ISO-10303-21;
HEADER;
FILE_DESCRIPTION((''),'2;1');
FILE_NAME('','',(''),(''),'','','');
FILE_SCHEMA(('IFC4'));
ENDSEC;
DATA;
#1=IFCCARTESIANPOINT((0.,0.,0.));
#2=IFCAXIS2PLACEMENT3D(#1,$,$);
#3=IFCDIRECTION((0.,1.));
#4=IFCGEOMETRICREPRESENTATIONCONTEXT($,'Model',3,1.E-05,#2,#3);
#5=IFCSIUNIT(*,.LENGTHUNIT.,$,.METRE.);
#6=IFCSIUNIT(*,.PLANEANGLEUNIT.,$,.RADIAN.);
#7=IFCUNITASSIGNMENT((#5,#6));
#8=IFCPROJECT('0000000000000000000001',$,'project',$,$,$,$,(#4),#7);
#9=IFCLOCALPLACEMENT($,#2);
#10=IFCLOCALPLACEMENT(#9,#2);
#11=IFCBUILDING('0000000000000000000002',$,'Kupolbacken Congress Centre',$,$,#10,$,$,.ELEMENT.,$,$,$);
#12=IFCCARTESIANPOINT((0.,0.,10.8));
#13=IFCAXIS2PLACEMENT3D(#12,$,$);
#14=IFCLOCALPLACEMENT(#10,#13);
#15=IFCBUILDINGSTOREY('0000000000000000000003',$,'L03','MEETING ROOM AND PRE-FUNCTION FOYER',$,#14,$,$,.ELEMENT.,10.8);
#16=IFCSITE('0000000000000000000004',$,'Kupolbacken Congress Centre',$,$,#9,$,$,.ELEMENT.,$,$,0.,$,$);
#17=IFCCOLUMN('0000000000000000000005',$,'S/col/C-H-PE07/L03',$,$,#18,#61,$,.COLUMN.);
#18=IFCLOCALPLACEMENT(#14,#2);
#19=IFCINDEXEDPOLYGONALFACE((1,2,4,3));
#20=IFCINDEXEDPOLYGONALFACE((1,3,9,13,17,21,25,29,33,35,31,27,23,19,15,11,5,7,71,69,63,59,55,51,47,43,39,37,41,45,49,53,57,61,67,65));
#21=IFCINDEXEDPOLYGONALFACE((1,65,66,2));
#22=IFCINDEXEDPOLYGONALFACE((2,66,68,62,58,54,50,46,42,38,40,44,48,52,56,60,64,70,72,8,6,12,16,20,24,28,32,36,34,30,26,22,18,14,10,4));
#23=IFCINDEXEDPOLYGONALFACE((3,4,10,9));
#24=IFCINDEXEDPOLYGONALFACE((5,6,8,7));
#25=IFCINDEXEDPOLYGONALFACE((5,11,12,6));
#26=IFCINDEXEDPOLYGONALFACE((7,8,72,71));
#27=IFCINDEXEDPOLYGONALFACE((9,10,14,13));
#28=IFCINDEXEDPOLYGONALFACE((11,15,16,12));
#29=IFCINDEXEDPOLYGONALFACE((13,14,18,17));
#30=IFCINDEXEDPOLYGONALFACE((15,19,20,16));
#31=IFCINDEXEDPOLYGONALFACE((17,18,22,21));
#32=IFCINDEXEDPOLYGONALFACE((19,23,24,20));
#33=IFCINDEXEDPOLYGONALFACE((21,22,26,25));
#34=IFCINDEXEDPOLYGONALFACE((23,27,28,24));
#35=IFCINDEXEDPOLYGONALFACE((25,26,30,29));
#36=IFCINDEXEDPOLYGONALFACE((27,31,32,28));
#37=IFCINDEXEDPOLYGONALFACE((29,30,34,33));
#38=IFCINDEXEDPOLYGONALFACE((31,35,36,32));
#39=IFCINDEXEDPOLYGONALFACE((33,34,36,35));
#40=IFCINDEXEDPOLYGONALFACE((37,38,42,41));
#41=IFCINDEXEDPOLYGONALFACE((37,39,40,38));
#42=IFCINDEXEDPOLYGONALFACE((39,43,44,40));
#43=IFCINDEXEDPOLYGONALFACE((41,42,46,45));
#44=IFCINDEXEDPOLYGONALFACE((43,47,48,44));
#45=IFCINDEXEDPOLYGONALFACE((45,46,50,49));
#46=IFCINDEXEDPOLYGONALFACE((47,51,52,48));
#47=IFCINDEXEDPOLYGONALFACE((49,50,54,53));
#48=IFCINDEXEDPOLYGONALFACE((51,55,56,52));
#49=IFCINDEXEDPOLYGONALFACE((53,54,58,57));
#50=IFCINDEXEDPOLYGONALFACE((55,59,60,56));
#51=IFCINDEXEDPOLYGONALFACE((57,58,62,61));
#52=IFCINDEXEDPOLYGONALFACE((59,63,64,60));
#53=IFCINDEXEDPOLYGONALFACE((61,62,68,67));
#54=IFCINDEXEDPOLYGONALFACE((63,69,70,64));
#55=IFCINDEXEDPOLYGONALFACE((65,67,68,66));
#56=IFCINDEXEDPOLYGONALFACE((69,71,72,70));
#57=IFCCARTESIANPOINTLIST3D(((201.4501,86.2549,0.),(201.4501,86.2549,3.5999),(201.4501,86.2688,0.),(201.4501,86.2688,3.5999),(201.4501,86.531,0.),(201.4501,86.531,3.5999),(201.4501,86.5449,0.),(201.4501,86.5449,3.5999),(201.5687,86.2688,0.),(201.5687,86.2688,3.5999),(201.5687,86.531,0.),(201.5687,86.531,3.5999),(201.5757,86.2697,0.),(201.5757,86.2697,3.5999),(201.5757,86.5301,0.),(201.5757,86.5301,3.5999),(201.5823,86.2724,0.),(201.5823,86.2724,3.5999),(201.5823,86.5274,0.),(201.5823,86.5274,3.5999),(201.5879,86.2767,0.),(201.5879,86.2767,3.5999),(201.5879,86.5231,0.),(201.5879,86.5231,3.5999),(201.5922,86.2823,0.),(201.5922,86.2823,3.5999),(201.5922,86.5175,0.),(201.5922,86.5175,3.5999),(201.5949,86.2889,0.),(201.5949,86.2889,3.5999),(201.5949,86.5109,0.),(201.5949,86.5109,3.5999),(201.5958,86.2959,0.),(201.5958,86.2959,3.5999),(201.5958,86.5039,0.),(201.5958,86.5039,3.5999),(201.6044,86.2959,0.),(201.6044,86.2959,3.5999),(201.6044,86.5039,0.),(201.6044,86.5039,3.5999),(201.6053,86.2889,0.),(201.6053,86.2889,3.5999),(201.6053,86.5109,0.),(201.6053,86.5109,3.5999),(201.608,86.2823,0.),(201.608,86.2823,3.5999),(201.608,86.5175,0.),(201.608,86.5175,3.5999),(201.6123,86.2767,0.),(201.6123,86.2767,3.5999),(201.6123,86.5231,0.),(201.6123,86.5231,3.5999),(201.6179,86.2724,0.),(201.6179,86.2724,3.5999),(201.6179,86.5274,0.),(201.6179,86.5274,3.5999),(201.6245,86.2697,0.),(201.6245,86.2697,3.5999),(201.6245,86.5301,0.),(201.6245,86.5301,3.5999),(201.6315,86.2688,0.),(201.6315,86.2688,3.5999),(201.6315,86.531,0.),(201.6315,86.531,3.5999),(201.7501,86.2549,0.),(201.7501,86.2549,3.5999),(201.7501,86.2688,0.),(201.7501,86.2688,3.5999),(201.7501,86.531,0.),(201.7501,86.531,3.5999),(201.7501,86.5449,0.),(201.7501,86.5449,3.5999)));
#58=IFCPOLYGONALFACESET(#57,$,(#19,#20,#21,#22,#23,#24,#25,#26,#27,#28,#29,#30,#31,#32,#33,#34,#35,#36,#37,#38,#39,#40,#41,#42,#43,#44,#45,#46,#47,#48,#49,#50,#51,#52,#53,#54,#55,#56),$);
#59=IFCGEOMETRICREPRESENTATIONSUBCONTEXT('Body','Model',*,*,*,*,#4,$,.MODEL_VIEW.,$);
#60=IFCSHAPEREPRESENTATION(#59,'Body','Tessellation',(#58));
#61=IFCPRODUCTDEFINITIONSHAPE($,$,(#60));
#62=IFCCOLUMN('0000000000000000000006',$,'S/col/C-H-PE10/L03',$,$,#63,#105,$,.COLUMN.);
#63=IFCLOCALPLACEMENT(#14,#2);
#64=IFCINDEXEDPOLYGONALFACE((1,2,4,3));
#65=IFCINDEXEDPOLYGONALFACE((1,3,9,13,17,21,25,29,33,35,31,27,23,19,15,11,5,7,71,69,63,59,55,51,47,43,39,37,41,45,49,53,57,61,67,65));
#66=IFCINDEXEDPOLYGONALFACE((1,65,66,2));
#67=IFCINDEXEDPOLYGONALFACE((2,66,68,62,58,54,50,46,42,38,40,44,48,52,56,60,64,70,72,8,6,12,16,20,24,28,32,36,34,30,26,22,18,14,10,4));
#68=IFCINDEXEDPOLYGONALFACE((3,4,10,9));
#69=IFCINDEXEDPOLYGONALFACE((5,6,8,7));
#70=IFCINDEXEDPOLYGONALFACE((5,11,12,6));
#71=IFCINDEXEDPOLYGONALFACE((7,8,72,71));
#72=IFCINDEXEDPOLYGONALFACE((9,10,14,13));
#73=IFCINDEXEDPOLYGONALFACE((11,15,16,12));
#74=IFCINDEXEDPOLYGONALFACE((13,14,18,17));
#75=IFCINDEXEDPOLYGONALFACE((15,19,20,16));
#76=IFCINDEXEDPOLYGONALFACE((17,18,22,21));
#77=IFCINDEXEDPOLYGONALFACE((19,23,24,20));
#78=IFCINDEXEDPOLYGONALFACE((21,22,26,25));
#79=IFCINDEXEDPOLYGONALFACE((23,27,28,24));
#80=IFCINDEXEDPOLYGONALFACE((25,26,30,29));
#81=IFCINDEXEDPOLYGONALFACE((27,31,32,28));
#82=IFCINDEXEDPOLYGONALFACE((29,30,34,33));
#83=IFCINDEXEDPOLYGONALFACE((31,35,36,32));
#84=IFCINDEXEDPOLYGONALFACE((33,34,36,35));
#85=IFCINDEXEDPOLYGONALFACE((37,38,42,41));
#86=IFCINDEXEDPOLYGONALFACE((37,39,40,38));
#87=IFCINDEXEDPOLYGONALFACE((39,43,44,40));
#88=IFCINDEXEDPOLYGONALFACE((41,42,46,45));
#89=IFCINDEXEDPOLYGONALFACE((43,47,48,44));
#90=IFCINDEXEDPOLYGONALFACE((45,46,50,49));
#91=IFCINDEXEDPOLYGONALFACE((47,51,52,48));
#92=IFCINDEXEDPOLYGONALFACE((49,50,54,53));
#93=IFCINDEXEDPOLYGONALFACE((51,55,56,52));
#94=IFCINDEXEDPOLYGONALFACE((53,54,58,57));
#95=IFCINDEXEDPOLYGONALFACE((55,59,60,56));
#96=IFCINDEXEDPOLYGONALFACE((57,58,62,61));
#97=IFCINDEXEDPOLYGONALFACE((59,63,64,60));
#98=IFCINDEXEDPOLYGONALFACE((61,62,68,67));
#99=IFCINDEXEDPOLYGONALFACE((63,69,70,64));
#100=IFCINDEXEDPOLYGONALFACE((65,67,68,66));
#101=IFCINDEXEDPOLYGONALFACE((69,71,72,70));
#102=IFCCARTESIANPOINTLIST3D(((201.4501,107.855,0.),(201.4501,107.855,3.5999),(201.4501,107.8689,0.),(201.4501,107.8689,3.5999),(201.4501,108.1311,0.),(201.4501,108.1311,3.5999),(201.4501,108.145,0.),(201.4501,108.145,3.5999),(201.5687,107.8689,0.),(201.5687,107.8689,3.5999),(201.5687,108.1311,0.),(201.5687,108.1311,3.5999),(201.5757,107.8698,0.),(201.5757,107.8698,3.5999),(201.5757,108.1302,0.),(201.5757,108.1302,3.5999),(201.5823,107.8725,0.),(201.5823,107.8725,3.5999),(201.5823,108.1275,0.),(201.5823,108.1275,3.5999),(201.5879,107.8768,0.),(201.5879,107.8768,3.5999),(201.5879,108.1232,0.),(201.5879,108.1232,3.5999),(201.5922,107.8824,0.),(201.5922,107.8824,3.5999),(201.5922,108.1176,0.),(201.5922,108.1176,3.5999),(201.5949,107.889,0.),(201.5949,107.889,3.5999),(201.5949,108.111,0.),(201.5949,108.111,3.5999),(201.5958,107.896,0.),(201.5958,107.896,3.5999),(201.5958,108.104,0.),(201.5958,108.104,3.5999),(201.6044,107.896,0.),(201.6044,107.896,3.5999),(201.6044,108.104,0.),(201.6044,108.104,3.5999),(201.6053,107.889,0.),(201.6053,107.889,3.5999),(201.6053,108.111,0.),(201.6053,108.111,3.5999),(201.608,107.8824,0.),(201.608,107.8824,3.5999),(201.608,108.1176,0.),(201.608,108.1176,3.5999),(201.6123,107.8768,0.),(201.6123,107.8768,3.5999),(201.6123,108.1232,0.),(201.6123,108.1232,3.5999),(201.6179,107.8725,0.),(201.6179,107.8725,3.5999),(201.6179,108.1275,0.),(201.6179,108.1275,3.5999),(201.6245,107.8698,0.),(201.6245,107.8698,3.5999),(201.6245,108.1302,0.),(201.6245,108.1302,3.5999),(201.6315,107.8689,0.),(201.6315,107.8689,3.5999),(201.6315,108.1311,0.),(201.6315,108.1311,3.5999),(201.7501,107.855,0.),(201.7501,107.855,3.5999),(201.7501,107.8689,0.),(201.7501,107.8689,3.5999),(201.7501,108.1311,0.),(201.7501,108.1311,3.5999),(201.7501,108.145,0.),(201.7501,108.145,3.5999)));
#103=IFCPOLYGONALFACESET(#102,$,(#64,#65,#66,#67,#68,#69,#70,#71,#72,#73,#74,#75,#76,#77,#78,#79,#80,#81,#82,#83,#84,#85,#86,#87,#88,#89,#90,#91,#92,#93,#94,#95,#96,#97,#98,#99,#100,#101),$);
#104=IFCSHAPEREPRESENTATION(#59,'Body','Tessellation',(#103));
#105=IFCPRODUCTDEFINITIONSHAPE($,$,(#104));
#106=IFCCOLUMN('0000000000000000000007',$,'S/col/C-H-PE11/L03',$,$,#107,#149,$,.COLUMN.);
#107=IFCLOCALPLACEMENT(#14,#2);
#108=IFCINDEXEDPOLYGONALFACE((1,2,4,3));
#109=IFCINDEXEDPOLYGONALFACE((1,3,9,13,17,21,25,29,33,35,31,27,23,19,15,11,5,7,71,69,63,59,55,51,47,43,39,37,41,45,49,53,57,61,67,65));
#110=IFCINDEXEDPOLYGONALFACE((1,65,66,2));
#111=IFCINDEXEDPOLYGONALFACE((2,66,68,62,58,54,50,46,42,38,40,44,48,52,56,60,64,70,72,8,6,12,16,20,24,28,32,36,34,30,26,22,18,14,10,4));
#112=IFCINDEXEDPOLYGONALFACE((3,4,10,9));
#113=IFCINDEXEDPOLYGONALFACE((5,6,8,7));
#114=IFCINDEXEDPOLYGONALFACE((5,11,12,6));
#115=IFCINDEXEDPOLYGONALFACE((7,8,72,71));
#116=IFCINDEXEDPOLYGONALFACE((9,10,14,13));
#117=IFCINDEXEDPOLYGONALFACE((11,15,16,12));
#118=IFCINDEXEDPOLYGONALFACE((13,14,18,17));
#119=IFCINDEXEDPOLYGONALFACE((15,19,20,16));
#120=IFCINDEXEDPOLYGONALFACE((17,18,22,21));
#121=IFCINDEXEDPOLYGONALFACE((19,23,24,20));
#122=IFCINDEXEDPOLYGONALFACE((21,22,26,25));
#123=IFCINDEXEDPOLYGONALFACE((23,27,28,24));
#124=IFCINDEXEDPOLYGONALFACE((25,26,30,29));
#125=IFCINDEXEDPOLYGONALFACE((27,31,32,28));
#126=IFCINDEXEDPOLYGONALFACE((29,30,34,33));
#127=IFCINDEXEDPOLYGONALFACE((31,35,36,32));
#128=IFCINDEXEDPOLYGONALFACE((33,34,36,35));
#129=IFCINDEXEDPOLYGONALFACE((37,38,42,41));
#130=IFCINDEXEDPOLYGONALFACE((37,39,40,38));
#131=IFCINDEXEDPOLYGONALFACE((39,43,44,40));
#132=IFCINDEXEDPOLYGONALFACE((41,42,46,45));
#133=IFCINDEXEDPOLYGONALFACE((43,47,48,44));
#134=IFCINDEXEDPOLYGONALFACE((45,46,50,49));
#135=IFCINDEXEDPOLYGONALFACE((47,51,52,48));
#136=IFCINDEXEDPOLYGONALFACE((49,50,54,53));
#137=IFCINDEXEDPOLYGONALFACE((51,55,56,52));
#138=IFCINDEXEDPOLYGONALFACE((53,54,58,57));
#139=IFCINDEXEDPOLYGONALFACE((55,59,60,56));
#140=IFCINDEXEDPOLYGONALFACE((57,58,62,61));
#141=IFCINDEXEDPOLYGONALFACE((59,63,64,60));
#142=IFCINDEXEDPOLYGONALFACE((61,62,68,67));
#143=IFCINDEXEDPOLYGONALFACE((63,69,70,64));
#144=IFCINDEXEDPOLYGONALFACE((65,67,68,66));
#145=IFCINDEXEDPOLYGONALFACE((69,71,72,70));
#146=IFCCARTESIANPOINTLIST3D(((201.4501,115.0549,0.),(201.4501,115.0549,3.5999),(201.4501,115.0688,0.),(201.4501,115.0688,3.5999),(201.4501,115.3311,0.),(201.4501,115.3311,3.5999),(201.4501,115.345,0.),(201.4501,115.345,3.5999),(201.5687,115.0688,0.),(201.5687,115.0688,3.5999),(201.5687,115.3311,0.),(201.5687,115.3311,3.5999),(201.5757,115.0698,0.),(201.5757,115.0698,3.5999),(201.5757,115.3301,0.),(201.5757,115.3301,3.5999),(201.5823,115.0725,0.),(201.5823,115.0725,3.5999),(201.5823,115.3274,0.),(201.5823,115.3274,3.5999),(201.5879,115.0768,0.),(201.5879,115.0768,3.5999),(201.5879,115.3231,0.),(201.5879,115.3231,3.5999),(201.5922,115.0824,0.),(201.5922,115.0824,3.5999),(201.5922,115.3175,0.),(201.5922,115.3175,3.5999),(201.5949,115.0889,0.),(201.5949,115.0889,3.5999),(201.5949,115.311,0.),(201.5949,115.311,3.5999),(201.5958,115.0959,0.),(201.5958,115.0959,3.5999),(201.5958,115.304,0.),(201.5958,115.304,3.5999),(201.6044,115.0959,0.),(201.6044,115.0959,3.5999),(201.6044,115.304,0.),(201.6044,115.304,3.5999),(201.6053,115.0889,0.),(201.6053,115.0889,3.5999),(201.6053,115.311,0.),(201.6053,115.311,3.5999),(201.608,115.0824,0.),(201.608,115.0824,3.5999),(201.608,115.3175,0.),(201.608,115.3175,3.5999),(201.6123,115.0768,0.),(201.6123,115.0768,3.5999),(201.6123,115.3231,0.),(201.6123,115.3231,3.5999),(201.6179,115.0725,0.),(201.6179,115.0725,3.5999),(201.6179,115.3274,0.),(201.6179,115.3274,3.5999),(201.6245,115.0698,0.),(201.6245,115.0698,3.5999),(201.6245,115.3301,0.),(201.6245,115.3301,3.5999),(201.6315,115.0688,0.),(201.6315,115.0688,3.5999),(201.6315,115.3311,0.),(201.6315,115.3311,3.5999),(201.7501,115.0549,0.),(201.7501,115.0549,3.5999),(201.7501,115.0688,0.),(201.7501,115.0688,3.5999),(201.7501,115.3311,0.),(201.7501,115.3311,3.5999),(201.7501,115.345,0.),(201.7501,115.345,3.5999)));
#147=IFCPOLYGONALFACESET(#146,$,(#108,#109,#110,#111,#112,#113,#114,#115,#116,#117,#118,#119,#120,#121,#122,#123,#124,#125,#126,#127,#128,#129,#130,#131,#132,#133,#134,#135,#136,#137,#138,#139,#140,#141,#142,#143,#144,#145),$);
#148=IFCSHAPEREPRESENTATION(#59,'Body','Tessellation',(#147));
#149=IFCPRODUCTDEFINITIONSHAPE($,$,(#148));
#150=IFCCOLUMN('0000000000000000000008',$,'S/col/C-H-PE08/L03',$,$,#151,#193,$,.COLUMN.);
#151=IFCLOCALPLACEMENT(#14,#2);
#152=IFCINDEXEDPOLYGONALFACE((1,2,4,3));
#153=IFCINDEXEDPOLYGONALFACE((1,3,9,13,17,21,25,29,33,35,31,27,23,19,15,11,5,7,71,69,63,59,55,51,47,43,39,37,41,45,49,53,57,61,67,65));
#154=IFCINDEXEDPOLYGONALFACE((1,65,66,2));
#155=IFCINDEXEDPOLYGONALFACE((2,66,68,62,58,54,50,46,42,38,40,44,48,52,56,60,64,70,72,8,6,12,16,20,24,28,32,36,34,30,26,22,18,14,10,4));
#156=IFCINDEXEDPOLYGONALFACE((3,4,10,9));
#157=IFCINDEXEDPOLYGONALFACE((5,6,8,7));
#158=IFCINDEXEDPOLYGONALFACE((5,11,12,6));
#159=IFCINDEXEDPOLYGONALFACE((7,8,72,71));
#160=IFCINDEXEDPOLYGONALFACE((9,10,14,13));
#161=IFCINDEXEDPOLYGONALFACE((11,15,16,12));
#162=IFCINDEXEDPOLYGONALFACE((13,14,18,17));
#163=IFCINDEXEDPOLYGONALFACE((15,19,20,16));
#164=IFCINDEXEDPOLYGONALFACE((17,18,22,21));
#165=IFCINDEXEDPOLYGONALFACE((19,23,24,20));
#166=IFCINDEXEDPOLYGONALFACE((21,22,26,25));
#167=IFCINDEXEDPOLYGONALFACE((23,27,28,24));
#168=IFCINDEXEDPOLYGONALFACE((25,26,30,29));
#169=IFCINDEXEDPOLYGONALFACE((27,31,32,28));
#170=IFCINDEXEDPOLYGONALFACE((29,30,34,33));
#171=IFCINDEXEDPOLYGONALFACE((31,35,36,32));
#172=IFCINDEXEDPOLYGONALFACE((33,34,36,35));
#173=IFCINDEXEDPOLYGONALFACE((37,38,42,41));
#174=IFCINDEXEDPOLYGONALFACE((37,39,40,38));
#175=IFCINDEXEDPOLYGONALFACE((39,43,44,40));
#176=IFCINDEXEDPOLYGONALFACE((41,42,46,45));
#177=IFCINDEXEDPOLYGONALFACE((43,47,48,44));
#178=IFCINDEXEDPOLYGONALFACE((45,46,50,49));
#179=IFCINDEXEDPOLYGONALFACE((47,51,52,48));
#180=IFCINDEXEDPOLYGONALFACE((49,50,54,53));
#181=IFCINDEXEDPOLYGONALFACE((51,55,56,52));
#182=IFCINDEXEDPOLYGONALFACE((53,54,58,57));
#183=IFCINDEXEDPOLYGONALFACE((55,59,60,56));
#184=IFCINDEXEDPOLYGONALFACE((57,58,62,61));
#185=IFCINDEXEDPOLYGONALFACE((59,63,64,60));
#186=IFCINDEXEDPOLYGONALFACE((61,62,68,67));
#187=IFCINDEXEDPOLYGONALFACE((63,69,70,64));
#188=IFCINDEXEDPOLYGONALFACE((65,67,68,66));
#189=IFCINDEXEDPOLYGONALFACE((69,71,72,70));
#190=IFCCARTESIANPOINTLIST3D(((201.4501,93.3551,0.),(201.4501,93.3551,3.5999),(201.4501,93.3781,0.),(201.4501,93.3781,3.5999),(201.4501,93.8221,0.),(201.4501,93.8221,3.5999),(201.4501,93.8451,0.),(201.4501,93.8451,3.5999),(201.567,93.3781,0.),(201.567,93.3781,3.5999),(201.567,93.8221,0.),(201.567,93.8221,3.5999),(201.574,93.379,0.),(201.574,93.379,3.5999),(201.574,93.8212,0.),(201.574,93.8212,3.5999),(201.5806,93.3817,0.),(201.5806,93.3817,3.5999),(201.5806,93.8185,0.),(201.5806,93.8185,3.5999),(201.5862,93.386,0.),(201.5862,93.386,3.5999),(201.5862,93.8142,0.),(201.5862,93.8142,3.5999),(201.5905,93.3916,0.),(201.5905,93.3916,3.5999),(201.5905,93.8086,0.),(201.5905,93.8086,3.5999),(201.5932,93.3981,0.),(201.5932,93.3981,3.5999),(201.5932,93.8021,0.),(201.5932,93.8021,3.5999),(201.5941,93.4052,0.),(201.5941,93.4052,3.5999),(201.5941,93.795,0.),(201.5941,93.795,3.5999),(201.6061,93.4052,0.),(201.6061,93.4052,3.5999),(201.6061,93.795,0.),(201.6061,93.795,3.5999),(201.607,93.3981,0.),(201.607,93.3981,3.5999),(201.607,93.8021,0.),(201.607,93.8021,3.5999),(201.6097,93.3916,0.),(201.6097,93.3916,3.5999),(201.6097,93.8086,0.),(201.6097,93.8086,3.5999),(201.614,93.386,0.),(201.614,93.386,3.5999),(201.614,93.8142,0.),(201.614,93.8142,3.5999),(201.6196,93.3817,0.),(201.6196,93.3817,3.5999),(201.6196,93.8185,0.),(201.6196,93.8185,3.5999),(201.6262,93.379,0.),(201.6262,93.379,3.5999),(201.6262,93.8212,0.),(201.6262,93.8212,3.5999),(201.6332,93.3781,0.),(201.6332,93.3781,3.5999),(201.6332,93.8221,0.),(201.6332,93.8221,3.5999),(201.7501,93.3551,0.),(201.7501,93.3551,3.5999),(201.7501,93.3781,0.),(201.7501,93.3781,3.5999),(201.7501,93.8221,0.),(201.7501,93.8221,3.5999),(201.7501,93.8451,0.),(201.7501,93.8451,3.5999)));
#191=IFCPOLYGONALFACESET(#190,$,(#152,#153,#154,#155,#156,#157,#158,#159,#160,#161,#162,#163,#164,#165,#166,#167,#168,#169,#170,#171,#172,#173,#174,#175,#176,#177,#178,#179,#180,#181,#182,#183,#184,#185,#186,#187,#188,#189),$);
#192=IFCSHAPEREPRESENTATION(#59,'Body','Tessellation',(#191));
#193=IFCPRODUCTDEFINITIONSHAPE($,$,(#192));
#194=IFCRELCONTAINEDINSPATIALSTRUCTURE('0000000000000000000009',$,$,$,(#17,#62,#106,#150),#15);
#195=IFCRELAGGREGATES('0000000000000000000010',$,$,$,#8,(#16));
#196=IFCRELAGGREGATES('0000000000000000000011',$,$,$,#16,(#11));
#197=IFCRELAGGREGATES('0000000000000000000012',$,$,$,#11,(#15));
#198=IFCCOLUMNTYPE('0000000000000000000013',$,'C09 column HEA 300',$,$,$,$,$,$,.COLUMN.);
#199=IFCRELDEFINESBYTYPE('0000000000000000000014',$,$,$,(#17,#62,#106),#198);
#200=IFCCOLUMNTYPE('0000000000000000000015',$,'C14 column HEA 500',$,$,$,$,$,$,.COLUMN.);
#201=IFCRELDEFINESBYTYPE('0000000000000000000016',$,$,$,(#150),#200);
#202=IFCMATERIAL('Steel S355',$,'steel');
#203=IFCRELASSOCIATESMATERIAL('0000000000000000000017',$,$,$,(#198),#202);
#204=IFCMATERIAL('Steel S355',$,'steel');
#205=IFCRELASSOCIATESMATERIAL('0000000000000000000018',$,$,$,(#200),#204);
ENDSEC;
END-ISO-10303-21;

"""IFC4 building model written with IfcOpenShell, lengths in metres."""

from ifc_helpers import new_model, si_unit, direction, frame, origin, origin_2d, place, context, subcontext, project, spatial, i_section, extrude, material, material_profile, profile_set, type_object, element, save


model = new_model("IFC4")

# Units and contexts
model_context = context("Model", 3, precision=1e-05, world=origin(), true_north=direction((0.0, 1.0)))
body_context = subcontext(model_context, "Body", "Model", "MODEL_VIEW")
ifc_project = project(units=[si_unit("LENGTHUNIT", "METRE"), si_unit("PLANEANGLEUNIT", "RADIAN")], contexts=[model_context])

# Site, building, storey
site_placement = place(None, origin())
site = spatial("IfcSite", under=ifc_project, at=site_placement, Name="Kupolbacken Congress Centre", CompositionType="ELEMENT", RefElevation=0.0)
building_placement = place(site_placement, origin())
building = spatial("IfcBuilding", under=site, at=building_placement, Name="Kupolbacken Congress Centre", CompositionType="ELEMENT")
storey_placement = place(building_placement, frame((0.0, 0.0, 10.8)))
storey = spatial("IfcBuildingStorey", under=building, at=storey_placement, Name="L03", Description="MEETING ROOM AND PRE-FUNCTION FOYER", CompositionType="ELEMENT", Elevation=10.8)

# Columns
ifc_material_1 = material(Name="Steel S355", Category="steel")
ifc_material_profile_1 = material_profile(ifc_material_1, i_section(OverallWidth=0.3, OverallDepth=0.29, WebThickness=0.0085, FlangeThickness=0.0139, FilletRadius=0.0271, at=origin_2d()), Name="HEA 300")
ifc_profile_set_1 = profile_set([ifc_material_profile_1], Name="Steel S355")
column_type_1 = type_object("IfcColumnType", Name="C09 column HEA 300", PredefinedType="COLUMN", material=ifc_profile_set_1)
for number, where, z_axis, x_axis, name in (
    (1, (201.6001, 86.3999, 0.0), (0.0, 0.0, 1.0), (1.0, 0.0, 0.0), "S/col/C-H-PE07/L03"),
    (2, (201.6001, 108.0, 0.0), (0.0, 0.0, 1.0), (1.0, 0.0, 0.0), "S/col/C-H-PE10/L03"),
    (3, (201.6001, 115.2, 0.0), (0.0, 0.0, 1.0), (1.0, 0.0, 0.0), "S/col/C-H-PE11/L03"),
):
    element("IfcColumn", number, at=place(storey_placement, frame(where, z_axis=z_axis, x_axis=x_axis)), inside=storey, type_object=column_type_1, Name=name, PredefinedType="COLUMN", context=body_context, shape_type="SweptSolid", body=[
        extrude(i_section(OverallWidth=0.3, OverallDepth=0.29, WebThickness=0.0085, FlangeThickness=0.0139, FilletRadius=0.0271, at=origin_2d()), origin(), (0.0, 0.0, 1.0), 3.5999),
    ])
ifc_material_2 = material(Name="Steel S355", Category="steel")
ifc_material_profile_2 = material_profile(ifc_material_2, i_section(OverallWidth=0.3, OverallDepth=0.49, WebThickness=0.012, FlangeThickness=0.0229, FilletRadius=0.0271, at=origin_2d()), Name="HEA 500")
ifc_profile_set_2 = profile_set([ifc_material_profile_2], Name="Steel S355")
column_type_2 = type_object("IfcColumnType", Name="C14 column HEA 500", PredefinedType="COLUMN", material=ifc_profile_set_2)
for number, where, z_axis, x_axis, name in (
    (4, (201.6001, 93.6001, 0.0), (0.0, 0.0, 1.0), (1.0, 0.0, 0.0), "S/col/C-H-PE08/L03"),
):
    element("IfcColumn", number, at=place(storey_placement, frame(where, z_axis=z_axis, x_axis=x_axis)), inside=storey, type_object=column_type_2, Name=name, PredefinedType="COLUMN", context=body_context, shape_type="SweptSolid", body=[
        extrude(i_section(OverallWidth=0.3, OverallDepth=0.49, WebThickness=0.012, FlangeThickness=0.0229, FilletRadius=0.0271, at=origin_2d()), origin(), (0.0, 0.0, 1.0), 3.5999),
    ])

save(model, "model.ifc")
